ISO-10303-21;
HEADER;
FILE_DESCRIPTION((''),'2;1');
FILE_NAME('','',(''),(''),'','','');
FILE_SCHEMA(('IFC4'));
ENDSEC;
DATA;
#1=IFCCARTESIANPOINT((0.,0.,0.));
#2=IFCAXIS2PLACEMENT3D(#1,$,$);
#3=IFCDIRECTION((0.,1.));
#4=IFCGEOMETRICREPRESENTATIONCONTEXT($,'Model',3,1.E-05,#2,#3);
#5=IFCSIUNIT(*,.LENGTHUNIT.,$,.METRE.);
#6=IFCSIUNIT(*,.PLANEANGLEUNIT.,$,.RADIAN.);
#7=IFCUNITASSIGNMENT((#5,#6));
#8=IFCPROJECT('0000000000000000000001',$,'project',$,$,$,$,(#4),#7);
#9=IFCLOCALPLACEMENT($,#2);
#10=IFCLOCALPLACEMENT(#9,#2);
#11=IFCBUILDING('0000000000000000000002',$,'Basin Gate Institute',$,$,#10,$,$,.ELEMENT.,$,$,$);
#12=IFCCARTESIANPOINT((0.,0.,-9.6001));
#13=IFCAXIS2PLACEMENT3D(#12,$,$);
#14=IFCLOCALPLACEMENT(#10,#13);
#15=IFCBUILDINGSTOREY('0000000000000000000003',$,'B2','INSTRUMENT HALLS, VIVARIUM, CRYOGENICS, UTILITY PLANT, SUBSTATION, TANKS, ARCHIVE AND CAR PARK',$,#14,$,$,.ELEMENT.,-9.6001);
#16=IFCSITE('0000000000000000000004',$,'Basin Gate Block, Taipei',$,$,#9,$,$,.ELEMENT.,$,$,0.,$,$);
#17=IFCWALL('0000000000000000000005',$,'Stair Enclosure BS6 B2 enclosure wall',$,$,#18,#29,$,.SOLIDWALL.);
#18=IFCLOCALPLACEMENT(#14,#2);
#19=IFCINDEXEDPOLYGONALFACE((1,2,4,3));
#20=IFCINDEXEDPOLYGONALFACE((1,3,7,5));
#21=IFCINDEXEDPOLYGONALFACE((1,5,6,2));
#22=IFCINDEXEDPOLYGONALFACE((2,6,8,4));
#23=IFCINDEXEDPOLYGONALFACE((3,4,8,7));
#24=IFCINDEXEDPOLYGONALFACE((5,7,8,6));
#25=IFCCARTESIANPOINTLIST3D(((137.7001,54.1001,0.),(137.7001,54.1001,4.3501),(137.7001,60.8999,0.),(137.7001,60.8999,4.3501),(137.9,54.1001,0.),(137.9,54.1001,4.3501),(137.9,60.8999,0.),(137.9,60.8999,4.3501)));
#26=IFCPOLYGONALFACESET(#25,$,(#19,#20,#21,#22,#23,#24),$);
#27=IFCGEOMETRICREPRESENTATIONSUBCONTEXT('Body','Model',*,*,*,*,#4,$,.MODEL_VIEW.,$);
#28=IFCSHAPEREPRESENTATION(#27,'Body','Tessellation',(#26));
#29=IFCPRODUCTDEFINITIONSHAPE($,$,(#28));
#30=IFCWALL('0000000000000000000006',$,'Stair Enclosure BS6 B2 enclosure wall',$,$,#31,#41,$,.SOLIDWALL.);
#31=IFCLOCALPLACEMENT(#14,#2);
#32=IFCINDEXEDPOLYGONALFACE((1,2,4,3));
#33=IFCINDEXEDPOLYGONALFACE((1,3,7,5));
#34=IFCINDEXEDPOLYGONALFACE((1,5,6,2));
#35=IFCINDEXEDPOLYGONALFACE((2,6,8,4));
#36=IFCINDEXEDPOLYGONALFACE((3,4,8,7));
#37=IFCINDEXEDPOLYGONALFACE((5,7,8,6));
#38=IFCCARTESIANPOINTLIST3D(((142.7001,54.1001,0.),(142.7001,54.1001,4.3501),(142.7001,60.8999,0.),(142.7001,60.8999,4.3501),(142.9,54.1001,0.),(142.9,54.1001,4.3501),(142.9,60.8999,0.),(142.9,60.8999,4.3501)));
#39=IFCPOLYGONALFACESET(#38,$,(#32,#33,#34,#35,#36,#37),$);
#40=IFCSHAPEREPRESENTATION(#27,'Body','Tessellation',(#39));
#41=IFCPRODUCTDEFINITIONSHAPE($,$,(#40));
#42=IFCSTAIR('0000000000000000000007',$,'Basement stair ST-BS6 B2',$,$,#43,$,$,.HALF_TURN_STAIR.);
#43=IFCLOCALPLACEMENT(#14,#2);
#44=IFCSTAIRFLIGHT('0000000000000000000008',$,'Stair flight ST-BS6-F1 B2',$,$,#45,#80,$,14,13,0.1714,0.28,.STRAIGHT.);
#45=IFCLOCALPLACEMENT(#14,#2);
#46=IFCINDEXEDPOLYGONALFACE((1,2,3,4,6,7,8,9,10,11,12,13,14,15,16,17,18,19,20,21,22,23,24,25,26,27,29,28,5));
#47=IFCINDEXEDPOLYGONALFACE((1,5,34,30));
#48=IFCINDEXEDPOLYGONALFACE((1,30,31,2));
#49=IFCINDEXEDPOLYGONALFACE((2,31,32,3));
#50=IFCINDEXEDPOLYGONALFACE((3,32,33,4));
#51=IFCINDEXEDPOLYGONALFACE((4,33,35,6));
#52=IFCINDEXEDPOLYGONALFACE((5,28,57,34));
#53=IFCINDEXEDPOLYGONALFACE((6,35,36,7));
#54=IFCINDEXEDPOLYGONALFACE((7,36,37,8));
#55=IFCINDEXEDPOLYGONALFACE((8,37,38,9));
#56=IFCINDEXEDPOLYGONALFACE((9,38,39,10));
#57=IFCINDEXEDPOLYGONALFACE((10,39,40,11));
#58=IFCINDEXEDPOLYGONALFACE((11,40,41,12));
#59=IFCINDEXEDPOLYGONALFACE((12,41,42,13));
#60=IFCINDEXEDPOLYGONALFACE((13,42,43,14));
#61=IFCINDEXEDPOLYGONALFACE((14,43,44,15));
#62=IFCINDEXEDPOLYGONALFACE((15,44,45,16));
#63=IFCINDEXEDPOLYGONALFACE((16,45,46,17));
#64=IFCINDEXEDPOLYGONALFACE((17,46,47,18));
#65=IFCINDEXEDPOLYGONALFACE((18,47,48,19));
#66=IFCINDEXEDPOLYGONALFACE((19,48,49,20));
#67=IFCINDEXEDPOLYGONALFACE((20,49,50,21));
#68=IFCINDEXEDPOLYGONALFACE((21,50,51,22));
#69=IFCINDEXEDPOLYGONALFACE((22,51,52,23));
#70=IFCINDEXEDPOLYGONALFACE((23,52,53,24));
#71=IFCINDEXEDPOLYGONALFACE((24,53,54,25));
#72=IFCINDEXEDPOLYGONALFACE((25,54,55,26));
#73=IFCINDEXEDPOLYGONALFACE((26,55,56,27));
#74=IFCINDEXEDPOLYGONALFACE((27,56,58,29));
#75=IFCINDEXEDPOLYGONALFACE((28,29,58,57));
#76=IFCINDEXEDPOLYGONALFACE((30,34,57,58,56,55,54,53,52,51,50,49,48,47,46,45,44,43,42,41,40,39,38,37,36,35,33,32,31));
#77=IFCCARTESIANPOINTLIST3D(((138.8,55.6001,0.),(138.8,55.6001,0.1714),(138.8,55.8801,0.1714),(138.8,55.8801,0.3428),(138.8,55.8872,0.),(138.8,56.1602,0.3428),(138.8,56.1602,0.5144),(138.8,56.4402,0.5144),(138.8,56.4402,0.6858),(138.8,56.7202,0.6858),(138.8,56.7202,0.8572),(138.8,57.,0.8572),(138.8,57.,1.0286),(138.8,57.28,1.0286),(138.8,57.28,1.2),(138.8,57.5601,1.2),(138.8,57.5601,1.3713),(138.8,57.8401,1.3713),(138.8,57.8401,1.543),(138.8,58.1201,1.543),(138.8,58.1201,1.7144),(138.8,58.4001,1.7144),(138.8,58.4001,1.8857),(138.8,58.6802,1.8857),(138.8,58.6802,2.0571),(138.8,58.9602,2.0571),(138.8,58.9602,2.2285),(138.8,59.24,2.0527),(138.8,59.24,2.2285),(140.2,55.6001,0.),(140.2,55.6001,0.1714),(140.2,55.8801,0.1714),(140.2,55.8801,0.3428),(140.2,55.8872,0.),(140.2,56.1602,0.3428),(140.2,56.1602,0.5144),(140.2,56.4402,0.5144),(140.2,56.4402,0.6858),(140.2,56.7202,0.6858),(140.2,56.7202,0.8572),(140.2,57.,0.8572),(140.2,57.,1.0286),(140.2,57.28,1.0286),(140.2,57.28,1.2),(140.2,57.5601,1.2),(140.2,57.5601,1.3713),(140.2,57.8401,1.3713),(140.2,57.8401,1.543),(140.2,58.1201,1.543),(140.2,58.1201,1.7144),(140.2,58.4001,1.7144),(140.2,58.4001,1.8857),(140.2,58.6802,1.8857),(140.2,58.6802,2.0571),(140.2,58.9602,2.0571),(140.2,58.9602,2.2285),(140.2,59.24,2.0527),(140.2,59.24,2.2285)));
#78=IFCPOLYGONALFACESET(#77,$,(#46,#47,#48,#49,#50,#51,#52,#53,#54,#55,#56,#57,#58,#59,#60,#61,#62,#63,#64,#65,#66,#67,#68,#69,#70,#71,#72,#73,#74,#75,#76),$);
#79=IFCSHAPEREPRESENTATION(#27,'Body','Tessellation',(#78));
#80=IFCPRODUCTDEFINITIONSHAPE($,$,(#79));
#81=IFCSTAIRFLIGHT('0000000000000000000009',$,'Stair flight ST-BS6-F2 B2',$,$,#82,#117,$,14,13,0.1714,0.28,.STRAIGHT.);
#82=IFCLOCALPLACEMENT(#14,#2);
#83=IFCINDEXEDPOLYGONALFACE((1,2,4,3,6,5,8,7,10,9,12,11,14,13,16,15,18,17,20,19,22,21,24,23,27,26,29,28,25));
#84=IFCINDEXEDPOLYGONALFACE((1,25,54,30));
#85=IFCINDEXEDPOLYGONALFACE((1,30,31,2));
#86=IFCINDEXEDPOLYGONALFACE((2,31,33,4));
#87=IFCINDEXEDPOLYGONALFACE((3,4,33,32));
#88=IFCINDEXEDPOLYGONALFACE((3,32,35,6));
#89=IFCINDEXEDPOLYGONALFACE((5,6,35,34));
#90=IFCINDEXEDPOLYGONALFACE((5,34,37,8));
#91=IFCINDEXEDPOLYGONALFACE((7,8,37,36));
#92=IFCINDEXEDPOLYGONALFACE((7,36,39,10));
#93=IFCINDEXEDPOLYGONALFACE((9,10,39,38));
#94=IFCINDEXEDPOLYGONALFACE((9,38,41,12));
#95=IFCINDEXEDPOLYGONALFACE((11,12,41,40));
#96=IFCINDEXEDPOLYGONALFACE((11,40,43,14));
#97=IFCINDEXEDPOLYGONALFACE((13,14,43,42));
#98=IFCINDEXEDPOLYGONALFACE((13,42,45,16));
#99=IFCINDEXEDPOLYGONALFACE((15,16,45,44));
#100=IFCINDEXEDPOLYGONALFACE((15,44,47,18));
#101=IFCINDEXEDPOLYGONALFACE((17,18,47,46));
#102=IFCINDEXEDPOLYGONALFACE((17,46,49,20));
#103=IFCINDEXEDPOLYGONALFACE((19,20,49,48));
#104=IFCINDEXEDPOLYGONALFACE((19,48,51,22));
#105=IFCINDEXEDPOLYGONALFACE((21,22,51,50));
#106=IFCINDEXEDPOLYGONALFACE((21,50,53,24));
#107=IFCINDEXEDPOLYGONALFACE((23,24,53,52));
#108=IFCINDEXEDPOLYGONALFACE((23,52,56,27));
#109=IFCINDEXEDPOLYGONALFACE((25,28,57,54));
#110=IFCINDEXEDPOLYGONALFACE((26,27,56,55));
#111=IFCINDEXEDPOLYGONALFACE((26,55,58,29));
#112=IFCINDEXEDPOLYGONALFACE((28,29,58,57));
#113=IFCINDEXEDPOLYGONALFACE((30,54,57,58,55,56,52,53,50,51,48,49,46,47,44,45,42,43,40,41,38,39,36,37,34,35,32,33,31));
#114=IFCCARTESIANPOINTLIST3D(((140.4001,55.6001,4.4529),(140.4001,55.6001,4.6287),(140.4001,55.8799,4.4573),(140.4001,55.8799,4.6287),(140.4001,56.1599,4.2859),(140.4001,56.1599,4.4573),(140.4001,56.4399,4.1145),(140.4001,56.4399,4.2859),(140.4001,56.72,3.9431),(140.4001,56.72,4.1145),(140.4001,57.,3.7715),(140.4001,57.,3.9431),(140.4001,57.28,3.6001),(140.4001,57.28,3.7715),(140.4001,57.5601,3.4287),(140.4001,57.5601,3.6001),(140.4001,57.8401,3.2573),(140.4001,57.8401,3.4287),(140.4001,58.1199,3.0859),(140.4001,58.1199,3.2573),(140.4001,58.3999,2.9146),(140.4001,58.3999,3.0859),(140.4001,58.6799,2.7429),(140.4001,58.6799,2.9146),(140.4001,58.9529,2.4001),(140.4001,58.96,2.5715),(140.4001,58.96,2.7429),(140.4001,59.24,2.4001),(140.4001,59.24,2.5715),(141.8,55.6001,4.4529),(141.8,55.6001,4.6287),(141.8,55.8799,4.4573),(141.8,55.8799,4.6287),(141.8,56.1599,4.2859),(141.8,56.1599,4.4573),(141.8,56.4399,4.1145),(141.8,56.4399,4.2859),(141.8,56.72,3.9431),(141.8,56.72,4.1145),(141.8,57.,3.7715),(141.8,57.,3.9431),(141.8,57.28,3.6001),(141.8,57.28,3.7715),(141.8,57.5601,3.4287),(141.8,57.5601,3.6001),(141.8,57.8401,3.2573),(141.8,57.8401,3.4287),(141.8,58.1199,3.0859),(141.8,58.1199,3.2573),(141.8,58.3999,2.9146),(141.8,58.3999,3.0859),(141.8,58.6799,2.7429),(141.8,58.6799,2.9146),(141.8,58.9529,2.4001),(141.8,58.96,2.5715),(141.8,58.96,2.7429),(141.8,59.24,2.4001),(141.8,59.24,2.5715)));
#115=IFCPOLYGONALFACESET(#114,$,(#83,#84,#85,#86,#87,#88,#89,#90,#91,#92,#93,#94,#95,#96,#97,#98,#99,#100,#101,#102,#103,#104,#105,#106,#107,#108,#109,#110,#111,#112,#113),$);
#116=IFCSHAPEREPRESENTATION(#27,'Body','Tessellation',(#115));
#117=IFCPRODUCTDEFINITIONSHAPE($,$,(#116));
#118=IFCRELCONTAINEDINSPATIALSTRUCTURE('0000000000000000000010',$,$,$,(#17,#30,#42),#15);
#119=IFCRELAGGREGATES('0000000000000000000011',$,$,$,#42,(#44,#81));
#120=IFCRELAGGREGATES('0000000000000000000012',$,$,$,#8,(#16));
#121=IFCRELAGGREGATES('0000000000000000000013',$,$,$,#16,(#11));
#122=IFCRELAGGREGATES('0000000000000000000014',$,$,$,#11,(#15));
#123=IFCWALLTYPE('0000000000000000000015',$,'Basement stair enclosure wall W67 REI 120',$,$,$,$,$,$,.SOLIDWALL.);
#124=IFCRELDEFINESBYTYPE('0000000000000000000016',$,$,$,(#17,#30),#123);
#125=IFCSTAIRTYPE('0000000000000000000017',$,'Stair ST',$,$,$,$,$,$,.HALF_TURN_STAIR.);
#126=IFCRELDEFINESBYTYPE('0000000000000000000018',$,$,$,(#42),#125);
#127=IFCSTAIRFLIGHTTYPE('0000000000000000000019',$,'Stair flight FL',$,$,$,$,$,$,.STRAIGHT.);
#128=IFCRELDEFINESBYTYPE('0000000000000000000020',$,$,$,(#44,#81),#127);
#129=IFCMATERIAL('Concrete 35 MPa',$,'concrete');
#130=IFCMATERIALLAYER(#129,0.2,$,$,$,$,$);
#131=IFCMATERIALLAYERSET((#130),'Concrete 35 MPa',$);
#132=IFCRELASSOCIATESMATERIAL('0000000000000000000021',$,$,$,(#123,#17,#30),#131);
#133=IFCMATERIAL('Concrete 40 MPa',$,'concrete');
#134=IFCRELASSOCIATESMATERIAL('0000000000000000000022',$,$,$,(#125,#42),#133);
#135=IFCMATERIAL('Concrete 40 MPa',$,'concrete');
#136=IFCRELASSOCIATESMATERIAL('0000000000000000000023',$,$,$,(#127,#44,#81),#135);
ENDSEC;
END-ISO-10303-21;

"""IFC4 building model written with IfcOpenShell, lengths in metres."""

from ifc_helpers import new_model, si_unit, direction, frame, frame_2d, origin, place, context, subcontext, project, spatial, polyline, rectangle, outline, extrude, material, layer, layer_set, type_object, element, aggregate, save


model = new_model("IFC4")

# Units and contexts
model_context = context("Model", 3, precision=1e-05, world=origin(), true_north=direction((0.0, 1.0)))
body_context = subcontext(model_context, "Body", "Model", "MODEL_VIEW")
ifc_project = project(units=[si_unit("LENGTHUNIT", "METRE"), si_unit("PLANEANGLEUNIT", "RADIAN")], contexts=[model_context])

# Site, building, storey
site_placement = place(None, origin())
site = spatial("IfcSite", under=ifc_project, at=site_placement, Name="Basin Gate Block, Taipei", CompositionType="ELEMENT", RefElevation=0.0)
building_placement = place(site_placement, origin())
building = spatial("IfcBuilding", under=site, at=building_placement, Name="Basin Gate Institute", CompositionType="ELEMENT")
storey_placement = place(building_placement, frame((0.0, 0.0, -9.6001)))
storey = spatial("IfcBuildingStorey", under=building, at=storey_placement, Name="B2", Description="INSTRUMENT HALLS, VIVARIUM, CRYOGENICS, UTILITY PLANT, SUBSTATION, TANKS, ARCHIVE AND CAR PARK", CompositionType="ELEMENT", Elevation=-9.6001)

# Shared definitions
ifc_material_1 = material(Name="Concrete 35 MPa", Category="concrete")
ifc_layer = layer(ifc_material_1, 0.2)
ifc_layer_set = layer_set([ifc_layer], Name="Concrete 35 MPa")
wall_type = type_object("IfcWallType", Name="Basement stair enclosure wall W67 REI 120", PredefinedType="SOLIDWALL", material=ifc_layer_set)

# Walls
for number, where, z_axis, x_axis, name in (
    (1, (137.8, 54.1001, 0.0), (0.0, 0.0, 1.0), (0.0, 1.0, 0.0), "Stair Enclosure BS6 B2 enclosure wall"),
    (2, (142.8, 54.1001, 0.0), (0.0, 0.0, 1.0), (0.0, 1.0, 0.0), "Stair Enclosure BS6 B2 enclosure wall"),
):
    element("IfcWall", number, at=place(storey_placement, frame(where, z_axis=z_axis, x_axis=x_axis)), inside=storey, type_object=wall_type, material=ifc_layer_set, Name=name, PredefinedType="SOLIDWALL", context=body_context, shape_type="SweptSolid", body=[
        extrude(rectangle(XDim=6.7998, YDim=0.2, at=frame_2d((3.3999, 0.0))), origin(), (0.0, 0.0, 1.0), 4.3501),
    ])

# Stair, stair flights
ifc_material_2 = material(Name="Concrete 40 MPa", Category="concrete")
stair_type = type_object("IfcStairType", Name="Stair ST", PredefinedType="HALF_TURN_STAIR", material=ifc_material_2)
stair_placement = place(storey_placement, origin())
stair = element("IfcStair", 3, at=stair_placement, inside=storey, type_object=stair_type, material=ifc_material_2, Name="Basement stair ST-BS6 B2", PredefinedType="HALF_TURN_STAIR")
ifc_material_3 = material(Name="Concrete 40 MPa", Category="concrete")
stair_flight_type = type_object("IfcStairFlightType", Name="Stair flight FL", PredefinedType="STRAIGHT", material=ifc_material_3)
stair_flight_1_placement = place(storey_placement, frame((139.5, 55.6001, 0.0), z_axis=(0.0, 0.0, 1.0), x_axis=(0.0, 1.0, 0.0)))
stair_flight_1 = element("IfcStairFlight", 4, at=stair_flight_1_placement, type_object=stair_flight_type, material=ifc_material_3, Name="Stair flight ST-BS6-F1 B2", NumberOfRisers=14, NumberOfTreads=13, PredefinedType="STRAIGHT", RiserHeight=0.1714, TreadLength=0.28, context=body_context, shape_type="SweptSolid", body=[
    extrude(outline(polyline([(0.0, 0.0), (0.0, 0.1714), (0.28, 0.1714), (0.28, 0.3428), (0.5601, 0.3428), (0.5601, 0.5144), (0.8401, 0.5144), (0.8401, 0.6858), (1.1201, 0.6858), (1.1201, 0.8572), (1.3999, 0.8572), (1.3999, 1.0286), (1.6799, 1.0286), (1.6799, 1.2), (1.96, 1.2), (1.96, 1.3713), (2.24, 1.3713), (2.24, 1.543), (2.52, 1.543), (2.52, 1.7144), (2.8, 1.7144), (2.8, 1.8857), (3.0801, 1.8857), (3.0801, 2.0571), (3.3601, 2.0571), (3.3601, 2.2285), (3.6399, 2.2285), (3.6399, 2.3999), (3.6399, 2.0527), (0.2871, 0.0), (0.0, 0.0)])), frame((0.0, 0.7, 0.0), z_axis=(0.0, -1.0, 0.0), x_axis=(1.0, 0.0, 0.0)), (0.0, 0.0, 1.0), 1.3999),
])
stair_flight_2_placement = place(storey_placement, frame((141.1001, 59.24, 2.4001), z_axis=(0.0, 0.0, 1.0), x_axis=(0.0, -1.0, 0.0)))
stair_flight_2 = element("IfcStairFlight", 5, at=stair_flight_2_placement, type_object=stair_flight_type, material=ifc_material_3, Name="Stair flight ST-BS6-F2 B2", NumberOfRisers=14, NumberOfTreads=13, PredefinedType="STRAIGHT", RiserHeight=0.1714, TreadLength=0.28, context=body_context, shape_type="SweptSolid", body=[
    extrude(outline(polyline([(0.0, 0.0), (0.0, 0.1714), (0.28, 0.1714), (0.28, 0.3428), (0.5601, 0.3428), (0.5601, 0.5144), (0.8401, 0.5144), (0.8401, 0.6858), (1.1201, 0.6858), (1.1201, 0.8572), (1.3999, 0.8572), (1.3999, 1.0286), (1.6799, 1.0286), (1.6799, 1.2), (1.96, 1.2), (1.96, 1.3713), (2.24, 1.3713), (2.24, 1.543), (2.52, 1.543), (2.52, 1.7144), (2.8, 1.7144), (2.8, 1.8857), (3.0801, 1.8857), (3.0801, 2.0571), (3.3601, 2.0571), (3.3601, 2.2285), (3.6399, 2.2285), (3.6399, 2.3999), (3.6399, 2.0527), (0.2871, 0.0), (0.0, 0.0)])), frame((0.0, 0.7, 0.0), z_axis=(0.0, -1.0, 0.0), x_axis=(1.0, 0.0, 0.0)), (0.0, 0.0, 1.0), 1.3999),
])
aggregate(stair, [stair_flight_1, stair_flight_2])

save(model, "model.ifc")
